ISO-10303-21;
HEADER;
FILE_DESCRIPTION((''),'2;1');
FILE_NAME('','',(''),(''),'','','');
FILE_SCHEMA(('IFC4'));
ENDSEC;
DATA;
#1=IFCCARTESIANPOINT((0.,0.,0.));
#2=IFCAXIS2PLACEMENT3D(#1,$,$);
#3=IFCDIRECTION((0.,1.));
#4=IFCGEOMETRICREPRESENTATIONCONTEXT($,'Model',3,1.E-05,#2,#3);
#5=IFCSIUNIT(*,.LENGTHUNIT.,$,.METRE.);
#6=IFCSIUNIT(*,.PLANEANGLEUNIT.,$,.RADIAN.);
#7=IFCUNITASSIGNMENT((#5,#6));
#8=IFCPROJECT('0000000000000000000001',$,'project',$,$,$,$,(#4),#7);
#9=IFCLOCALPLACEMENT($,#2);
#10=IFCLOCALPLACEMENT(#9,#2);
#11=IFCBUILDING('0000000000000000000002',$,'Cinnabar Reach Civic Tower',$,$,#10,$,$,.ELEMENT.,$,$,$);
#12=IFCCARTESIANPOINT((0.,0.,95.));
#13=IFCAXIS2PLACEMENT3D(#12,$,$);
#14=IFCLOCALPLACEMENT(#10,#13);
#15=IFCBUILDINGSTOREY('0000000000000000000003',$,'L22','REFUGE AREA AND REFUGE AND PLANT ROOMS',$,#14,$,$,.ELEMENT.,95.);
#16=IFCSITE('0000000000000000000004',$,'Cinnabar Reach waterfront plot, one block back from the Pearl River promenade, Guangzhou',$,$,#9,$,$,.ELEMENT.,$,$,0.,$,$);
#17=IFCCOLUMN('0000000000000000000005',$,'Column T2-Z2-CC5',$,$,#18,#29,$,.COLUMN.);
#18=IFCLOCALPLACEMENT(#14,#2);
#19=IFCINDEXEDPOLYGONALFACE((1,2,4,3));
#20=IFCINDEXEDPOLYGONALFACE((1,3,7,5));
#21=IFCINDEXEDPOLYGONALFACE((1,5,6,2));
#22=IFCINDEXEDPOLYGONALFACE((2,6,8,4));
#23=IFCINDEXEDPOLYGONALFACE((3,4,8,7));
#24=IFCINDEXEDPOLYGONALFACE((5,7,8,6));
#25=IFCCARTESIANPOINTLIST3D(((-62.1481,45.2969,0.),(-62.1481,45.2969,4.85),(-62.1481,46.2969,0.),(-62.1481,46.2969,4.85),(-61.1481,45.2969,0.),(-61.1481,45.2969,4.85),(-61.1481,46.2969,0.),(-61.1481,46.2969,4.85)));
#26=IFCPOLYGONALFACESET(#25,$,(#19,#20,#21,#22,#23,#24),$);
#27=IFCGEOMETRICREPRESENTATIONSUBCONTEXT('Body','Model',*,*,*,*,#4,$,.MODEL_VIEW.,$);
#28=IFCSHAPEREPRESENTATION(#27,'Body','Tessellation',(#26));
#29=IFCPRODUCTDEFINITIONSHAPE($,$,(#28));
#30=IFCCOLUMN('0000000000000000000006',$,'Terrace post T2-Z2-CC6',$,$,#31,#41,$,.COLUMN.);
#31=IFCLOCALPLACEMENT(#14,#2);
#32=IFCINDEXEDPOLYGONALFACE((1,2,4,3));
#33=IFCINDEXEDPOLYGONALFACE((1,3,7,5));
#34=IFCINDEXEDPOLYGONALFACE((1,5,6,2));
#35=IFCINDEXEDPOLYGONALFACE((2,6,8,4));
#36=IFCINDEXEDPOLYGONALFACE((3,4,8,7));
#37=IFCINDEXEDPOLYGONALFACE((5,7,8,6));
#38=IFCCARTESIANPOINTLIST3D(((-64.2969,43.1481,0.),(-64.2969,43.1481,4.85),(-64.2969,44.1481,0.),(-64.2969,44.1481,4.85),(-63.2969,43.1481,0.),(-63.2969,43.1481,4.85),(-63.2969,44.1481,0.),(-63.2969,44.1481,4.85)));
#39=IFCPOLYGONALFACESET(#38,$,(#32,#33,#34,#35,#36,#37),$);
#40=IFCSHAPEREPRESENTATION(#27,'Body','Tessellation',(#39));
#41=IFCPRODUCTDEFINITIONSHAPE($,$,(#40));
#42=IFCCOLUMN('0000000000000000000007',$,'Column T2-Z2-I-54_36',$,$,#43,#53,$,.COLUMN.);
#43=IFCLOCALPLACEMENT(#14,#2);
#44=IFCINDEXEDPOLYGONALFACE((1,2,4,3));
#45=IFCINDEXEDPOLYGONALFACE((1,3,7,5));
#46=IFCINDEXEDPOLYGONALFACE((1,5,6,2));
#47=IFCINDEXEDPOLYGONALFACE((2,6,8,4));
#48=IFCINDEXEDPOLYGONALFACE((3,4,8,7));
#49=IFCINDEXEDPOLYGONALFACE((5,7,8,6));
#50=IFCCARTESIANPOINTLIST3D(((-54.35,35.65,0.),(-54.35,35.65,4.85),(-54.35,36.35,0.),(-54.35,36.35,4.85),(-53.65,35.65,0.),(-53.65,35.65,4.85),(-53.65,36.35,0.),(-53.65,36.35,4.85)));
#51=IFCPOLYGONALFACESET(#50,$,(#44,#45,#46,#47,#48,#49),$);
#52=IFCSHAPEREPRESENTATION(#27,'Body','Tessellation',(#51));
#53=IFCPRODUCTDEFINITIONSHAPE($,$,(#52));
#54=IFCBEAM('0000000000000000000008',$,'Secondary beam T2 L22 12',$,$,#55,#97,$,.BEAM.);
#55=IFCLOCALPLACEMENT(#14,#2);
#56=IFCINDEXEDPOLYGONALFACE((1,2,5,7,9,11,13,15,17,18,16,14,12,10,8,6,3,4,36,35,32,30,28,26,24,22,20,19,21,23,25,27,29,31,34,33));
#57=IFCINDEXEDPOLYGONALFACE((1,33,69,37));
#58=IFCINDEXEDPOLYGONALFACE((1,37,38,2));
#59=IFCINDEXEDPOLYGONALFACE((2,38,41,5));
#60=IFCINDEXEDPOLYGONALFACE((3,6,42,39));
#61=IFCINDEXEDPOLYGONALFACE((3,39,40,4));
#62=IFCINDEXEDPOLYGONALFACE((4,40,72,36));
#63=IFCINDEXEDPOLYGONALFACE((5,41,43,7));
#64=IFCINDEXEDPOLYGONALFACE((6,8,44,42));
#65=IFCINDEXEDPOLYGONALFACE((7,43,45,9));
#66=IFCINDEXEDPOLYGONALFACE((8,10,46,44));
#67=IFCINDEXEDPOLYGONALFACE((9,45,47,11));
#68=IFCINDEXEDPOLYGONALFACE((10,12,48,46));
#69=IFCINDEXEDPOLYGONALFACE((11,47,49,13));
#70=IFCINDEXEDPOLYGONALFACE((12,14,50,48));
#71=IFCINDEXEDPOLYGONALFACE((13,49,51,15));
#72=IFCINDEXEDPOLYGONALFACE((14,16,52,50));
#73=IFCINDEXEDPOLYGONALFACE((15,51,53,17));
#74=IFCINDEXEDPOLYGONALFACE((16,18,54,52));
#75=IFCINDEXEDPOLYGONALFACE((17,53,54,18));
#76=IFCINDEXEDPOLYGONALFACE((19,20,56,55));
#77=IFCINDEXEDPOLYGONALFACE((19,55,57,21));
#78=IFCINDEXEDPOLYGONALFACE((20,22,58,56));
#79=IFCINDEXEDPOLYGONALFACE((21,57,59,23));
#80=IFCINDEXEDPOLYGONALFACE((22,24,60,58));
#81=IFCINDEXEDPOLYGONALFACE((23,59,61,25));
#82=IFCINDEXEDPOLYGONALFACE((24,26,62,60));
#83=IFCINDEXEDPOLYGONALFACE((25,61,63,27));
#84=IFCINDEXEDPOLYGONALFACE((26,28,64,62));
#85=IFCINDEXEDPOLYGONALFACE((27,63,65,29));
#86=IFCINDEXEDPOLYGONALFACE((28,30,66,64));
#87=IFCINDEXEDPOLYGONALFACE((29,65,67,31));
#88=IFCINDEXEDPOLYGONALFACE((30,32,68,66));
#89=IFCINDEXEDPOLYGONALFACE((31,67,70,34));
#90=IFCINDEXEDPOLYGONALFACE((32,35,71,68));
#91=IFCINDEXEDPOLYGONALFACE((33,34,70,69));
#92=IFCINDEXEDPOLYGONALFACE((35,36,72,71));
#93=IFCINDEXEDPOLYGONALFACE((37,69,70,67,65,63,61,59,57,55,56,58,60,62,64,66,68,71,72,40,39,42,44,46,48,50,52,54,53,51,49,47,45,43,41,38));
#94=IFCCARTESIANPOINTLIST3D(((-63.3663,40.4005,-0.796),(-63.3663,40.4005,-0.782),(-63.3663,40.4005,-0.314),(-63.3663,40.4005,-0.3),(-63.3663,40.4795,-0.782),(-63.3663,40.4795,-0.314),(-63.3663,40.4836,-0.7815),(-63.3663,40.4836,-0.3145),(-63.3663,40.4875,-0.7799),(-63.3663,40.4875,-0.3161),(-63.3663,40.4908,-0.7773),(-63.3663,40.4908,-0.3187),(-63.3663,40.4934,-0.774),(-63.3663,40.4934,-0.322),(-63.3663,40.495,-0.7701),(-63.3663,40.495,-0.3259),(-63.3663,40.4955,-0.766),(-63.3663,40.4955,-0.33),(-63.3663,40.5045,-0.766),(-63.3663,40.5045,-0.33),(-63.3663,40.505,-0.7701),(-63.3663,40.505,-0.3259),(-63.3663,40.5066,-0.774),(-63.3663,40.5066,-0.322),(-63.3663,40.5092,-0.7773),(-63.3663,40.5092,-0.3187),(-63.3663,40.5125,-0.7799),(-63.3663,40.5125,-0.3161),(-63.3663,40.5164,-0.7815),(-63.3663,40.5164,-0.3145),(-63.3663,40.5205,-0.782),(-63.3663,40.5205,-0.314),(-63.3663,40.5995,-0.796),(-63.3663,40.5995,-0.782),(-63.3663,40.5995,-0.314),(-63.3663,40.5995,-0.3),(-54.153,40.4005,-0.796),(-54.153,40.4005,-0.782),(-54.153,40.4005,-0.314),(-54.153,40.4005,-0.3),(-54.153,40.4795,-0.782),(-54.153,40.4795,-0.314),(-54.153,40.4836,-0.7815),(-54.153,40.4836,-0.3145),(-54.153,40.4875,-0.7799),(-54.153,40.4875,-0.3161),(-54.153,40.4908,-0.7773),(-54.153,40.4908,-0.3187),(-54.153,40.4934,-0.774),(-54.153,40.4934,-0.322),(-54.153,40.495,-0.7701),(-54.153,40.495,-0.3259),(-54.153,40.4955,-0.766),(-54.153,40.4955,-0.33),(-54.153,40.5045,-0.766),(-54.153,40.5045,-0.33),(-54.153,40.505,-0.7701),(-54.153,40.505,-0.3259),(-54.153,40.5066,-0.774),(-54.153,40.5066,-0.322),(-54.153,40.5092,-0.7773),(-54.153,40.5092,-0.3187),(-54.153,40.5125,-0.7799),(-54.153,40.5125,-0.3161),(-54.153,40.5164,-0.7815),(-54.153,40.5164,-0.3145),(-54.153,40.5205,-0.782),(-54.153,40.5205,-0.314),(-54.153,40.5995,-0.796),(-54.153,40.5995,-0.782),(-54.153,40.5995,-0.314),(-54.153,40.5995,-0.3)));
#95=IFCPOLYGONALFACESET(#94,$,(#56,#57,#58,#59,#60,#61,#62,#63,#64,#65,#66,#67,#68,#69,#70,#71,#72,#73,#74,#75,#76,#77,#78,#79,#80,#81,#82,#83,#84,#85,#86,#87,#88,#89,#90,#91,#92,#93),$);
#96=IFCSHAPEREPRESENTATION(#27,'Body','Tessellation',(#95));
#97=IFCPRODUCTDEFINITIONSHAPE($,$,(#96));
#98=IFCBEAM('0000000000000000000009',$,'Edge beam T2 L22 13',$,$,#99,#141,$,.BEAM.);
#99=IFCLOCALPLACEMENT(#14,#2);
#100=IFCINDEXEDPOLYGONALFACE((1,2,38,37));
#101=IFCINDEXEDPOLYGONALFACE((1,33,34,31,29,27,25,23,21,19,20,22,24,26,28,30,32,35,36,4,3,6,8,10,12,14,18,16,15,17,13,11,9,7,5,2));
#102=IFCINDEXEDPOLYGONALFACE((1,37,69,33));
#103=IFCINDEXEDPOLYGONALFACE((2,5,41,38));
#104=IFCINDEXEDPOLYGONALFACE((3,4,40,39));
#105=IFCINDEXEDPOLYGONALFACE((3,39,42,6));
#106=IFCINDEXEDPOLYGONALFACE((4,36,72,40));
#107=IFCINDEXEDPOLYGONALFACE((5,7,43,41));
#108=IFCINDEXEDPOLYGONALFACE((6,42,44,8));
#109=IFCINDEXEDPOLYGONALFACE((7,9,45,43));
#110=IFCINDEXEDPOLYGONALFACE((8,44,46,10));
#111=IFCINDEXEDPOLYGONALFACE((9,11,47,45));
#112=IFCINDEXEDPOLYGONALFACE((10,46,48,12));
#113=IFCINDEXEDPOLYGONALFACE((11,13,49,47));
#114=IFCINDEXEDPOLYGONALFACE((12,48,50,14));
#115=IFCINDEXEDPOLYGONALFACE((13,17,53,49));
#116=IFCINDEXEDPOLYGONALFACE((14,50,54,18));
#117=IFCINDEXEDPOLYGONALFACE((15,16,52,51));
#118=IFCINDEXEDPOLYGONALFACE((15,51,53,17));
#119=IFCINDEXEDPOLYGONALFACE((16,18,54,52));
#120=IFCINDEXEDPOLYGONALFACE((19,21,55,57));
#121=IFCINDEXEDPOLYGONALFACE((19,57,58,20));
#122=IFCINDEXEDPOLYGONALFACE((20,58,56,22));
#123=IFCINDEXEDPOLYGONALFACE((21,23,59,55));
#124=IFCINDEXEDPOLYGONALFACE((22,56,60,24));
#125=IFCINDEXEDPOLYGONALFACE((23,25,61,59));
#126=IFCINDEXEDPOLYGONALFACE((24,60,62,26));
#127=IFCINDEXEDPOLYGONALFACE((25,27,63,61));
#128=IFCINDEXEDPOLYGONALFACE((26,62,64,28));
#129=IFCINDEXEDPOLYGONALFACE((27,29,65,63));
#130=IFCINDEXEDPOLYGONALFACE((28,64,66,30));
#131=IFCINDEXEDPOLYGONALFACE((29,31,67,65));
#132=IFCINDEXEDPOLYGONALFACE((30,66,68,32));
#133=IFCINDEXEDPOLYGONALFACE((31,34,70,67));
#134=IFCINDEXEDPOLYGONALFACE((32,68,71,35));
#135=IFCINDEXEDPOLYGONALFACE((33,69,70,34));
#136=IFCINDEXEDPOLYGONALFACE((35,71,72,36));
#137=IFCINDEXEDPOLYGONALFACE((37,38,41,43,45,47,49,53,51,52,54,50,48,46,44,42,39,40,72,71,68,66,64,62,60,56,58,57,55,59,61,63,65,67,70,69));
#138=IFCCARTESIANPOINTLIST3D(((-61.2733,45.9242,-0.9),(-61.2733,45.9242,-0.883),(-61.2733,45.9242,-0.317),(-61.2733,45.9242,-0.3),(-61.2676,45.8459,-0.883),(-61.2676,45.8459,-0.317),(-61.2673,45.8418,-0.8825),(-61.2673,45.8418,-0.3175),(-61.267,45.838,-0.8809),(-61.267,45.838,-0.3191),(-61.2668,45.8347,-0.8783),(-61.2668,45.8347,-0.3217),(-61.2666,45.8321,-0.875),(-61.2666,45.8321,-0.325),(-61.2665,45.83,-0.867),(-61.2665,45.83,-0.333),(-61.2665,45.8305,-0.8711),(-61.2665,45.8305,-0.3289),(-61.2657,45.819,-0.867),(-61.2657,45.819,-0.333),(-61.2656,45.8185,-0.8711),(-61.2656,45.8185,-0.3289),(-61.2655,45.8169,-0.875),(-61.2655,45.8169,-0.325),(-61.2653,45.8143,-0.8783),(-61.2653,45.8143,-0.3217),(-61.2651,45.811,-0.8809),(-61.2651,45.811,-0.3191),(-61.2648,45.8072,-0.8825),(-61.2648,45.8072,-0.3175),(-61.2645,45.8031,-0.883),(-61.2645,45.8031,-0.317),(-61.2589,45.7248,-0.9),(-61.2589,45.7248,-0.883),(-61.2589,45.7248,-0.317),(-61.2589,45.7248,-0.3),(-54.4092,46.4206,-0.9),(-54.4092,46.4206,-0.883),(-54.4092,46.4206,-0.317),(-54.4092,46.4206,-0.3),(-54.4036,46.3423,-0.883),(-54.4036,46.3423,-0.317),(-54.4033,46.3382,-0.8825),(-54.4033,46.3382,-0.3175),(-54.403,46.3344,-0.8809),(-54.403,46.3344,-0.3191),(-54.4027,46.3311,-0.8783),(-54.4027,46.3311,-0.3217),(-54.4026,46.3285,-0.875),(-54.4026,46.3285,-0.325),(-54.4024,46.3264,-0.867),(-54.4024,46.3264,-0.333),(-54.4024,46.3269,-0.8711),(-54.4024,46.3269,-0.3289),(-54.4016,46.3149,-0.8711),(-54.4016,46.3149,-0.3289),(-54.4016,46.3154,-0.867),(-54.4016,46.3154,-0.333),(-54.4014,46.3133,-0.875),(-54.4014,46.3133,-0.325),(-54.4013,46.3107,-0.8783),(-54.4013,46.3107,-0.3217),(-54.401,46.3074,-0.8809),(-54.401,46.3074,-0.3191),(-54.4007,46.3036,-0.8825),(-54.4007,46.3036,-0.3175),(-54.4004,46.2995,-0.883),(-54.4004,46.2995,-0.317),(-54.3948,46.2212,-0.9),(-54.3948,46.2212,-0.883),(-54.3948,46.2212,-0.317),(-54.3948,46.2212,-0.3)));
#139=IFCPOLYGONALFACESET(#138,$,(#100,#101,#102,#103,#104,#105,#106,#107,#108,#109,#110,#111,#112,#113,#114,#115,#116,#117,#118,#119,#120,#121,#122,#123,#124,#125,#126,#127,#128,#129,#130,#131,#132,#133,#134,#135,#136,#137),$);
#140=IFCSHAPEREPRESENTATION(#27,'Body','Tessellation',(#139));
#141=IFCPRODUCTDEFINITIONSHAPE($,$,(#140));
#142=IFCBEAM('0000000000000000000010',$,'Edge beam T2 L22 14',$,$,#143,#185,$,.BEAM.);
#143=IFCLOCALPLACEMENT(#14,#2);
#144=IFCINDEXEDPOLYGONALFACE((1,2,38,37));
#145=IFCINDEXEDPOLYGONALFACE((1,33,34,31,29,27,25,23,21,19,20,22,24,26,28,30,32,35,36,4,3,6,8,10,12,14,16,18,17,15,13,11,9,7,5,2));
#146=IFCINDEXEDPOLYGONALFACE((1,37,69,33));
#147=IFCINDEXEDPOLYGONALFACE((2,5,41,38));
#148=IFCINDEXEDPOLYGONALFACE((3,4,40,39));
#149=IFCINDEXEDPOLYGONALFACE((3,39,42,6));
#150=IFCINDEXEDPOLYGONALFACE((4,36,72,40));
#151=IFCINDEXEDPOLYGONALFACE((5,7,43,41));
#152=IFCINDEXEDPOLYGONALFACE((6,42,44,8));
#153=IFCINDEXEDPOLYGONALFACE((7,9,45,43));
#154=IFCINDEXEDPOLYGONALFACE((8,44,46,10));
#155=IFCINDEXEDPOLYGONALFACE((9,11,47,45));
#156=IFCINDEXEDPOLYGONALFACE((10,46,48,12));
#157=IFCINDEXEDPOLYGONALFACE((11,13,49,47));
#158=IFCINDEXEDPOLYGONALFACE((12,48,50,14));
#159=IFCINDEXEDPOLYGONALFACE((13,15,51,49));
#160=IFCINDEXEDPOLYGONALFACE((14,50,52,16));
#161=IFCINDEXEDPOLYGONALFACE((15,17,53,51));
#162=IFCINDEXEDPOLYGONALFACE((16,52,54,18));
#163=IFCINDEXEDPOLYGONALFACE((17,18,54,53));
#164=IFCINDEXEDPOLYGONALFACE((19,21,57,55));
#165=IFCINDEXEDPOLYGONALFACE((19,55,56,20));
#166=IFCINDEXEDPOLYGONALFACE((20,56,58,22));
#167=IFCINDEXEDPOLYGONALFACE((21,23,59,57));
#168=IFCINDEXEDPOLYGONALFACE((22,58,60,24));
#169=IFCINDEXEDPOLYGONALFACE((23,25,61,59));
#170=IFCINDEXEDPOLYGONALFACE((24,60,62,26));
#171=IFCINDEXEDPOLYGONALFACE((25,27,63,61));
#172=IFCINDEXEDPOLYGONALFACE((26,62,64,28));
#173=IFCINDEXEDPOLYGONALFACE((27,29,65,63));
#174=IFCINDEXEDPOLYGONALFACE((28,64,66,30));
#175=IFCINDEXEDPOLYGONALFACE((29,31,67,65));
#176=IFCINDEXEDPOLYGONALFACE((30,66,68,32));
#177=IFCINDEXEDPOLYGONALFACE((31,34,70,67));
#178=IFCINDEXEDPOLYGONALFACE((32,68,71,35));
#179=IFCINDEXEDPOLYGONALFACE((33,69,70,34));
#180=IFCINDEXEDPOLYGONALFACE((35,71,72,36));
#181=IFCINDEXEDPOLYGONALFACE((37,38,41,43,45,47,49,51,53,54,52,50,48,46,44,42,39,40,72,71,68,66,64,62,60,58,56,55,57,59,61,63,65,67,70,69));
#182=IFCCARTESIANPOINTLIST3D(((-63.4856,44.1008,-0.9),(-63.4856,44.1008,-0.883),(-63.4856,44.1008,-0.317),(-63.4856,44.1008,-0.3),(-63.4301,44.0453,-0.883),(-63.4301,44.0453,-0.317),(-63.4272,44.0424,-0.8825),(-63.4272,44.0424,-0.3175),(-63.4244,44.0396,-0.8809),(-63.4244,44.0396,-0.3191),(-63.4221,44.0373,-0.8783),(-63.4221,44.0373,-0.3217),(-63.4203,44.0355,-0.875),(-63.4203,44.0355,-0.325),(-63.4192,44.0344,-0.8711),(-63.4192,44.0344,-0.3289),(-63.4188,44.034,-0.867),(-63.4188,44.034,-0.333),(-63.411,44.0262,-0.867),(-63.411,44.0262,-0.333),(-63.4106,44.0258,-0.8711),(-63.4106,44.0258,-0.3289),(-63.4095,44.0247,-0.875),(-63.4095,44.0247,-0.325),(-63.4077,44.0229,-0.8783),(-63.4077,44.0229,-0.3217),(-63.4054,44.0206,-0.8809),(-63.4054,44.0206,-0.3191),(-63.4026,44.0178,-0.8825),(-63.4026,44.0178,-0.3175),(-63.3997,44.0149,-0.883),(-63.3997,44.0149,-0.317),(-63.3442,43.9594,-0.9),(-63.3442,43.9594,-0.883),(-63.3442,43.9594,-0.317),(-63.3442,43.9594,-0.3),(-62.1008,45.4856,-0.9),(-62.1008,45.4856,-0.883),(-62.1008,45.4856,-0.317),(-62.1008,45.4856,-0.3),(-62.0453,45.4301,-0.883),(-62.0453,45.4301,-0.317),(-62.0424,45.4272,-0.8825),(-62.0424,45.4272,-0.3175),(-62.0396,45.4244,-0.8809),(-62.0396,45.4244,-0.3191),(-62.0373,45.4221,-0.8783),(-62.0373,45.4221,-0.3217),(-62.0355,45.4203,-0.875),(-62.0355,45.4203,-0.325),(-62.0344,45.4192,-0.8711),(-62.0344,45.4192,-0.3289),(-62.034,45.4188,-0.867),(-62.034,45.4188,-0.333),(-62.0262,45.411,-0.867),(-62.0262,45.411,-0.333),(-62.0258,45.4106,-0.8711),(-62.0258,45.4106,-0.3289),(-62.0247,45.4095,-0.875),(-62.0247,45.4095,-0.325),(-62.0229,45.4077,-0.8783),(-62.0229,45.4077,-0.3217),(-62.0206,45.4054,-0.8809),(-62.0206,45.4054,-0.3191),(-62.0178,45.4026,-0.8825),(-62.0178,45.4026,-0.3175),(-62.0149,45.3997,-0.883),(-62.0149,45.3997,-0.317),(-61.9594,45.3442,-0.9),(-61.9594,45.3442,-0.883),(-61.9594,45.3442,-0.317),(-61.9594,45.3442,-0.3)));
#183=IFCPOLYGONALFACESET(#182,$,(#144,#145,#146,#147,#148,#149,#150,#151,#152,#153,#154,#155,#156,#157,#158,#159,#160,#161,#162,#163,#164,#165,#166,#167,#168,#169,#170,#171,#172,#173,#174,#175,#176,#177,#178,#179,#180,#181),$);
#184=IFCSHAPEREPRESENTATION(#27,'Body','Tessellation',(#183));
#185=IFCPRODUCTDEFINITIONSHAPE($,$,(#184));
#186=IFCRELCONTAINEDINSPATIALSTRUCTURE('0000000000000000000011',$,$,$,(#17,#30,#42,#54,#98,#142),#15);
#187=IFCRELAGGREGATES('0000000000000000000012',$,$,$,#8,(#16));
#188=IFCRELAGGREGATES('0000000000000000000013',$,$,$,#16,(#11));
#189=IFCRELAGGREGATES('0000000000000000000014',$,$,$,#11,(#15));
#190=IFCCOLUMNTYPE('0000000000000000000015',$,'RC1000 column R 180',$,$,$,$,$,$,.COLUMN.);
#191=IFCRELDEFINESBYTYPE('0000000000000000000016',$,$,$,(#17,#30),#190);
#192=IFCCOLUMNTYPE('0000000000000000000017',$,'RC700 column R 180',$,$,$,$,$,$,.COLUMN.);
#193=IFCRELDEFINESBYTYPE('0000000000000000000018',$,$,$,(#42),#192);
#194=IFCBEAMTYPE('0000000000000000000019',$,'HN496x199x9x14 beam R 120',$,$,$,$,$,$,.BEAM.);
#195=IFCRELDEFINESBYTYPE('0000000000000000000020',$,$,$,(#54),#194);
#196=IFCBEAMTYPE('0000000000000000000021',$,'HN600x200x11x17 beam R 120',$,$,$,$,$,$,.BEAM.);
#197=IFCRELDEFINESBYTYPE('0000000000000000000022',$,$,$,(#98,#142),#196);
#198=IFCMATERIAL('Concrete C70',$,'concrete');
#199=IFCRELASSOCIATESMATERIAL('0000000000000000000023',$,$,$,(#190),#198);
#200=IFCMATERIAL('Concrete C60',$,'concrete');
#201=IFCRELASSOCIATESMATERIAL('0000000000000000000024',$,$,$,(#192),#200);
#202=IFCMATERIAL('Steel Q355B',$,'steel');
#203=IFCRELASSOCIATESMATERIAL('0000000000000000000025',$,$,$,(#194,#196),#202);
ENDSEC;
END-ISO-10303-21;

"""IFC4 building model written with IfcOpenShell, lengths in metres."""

from ifc_helpers import new_model, si_unit, direction, frame, origin, origin_2d, place, context, subcontext, project, spatial, rectangle, i_section, extrude, material, material_profile, profile_set, type_object, element, save


model = new_model("IFC4")

# Units and contexts
model_context = context("Model", 3, precision=1e-05, world=origin(), true_north=direction((0.0, 1.0)))
body_context = subcontext(model_context, "Body", "Model", "MODEL_VIEW")
ifc_project = project(units=[si_unit("LENGTHUNIT", "METRE"), si_unit("PLANEANGLEUNIT", "RADIAN")], contexts=[model_context])

# Site, building, storey
site_placement = place(None, origin())
site = spatial("IfcSite", under=ifc_project, at=site_placement, Name="Cinnabar Reach waterfront plot, one block back from the Pearl River promenade, Guangzhou", CompositionType="ELEMENT", RefElevation=0.0)
building_placement = place(site_placement, origin())
building = spatial("IfcBuilding", under=site, at=building_placement, Name="Cinnabar Reach Civic Tower", CompositionType="ELEMENT")
storey_placement = place(building_placement, frame((0.0, 0.0, 95.0)))
storey = spatial("IfcBuildingStorey", under=building, at=storey_placement, Name="L22", Description="REFUGE AREA AND REFUGE AND PLANT ROOMS", CompositionType="ELEMENT", Elevation=95.0)

# Columns
ifc_material_1 = material(Name="Concrete C70", Category="concrete")
ifc_material_profile_1 = material_profile(ifc_material_1, rectangle(XDim=1.0, YDim=1.0, at=origin_2d()), Name="RC1000")
ifc_profile_set_1 = profile_set([ifc_material_profile_1], Name="Concrete C70")
column_type_1 = type_object("IfcColumnType", Name="RC1000 column R 180", PredefinedType="COLUMN", material=ifc_profile_set_1)
for number, where, z_axis, x_axis, name in (
    (1, (-61.6481, 45.7969, 0.0), (0.0, 0.0, 1.0), (1.0, 0.0, 0.0), "Column T2-Z2-CC5"),
    (2, (-63.7969, 43.6481, 0.0), (0.0, 0.0, 1.0), (1.0, 0.0, 0.0), "Terrace post T2-Z2-CC6"),
):
    element("IfcColumn", number, at=place(storey_placement, frame(where, z_axis=z_axis, x_axis=x_axis)), inside=storey, type_object=column_type_1, Name=name, PredefinedType="COLUMN", context=body_context, shape_type="SweptSolid", body=[
        extrude(rectangle(XDim=1.0, YDim=1.0, at=origin_2d()), origin(), (0.0, 0.0, 1.0), 4.85),
    ])
ifc_material_2 = material(Name="Concrete C60", Category="concrete")
ifc_material_profile_2 = material_profile(ifc_material_2, rectangle(XDim=0.7, YDim=0.7, at=origin_2d()), Name="RC700")
ifc_profile_set_2 = profile_set([ifc_material_profile_2], Name="Concrete C60")
column_type_2 = type_object("IfcColumnType", Name="RC700 column R 180", PredefinedType="COLUMN", material=ifc_profile_set_2)
column_placement = place(storey_placement, frame((-54.0, 36.0, 0.0), z_axis=(0.0, 0.0, 1.0), x_axis=(1.0, 0.0, 0.0)))
element("IfcColumn", 3, at=column_placement, inside=storey, type_object=column_type_2, Name="Column T2-Z2-I-54_36", PredefinedType="COLUMN", context=body_context, shape_type="SweptSolid", body=[
    extrude(rectangle(XDim=0.7, YDim=0.7, at=origin_2d()), origin(), (0.0, 0.0, 1.0), 4.85),
])

# Beams
ifc_material_3 = material(Name="Steel Q355B", Category="steel")
ifc_material_profile_3 = material_profile(ifc_material_3, i_section(OverallWidth=0.199, OverallDepth=0.496, WebThickness=0.009, FlangeThickness=0.014, FilletRadius=0.016, at=origin_2d()), Name="HN496x199x9x14")
ifc_profile_set_3 = profile_set([ifc_material_profile_3], Name="Steel Q355B")
beam_type_1 = type_object("IfcBeamType", Name="HN496x199x9x14 beam R 120", PredefinedType="BEAM", material=ifc_profile_set_3)
beam_1_placement = place(storey_placement, frame((-63.3663, 40.5, -0.548), z_axis=(1.0, 0.0, 0.0), x_axis=(0.0, 1.0, 0.0)))
element("IfcBeam", 4, at=beam_1_placement, inside=storey, type_object=beam_type_1, Name="Secondary beam T2 L22 12", PredefinedType="BEAM", context=body_context, shape_type="SweptSolid", body=[
    extrude(i_section(OverallWidth=0.199, OverallDepth=0.496, WebThickness=0.009, FlangeThickness=0.014, FilletRadius=0.016, at=origin_2d()), origin(), (0.0, 0.0, 1.0), 9.2133),
])
ifc_material_profile_4 = material_profile(ifc_material_3, i_section(OverallWidth=0.2, OverallDepth=0.6, WebThickness=0.011, FlangeThickness=0.017, FilletRadius=0.016, at=origin_2d()), Name="HN600x200x11x17")
ifc_profile_set_4 = profile_set([ifc_material_profile_4], Name="Steel Q355B")
beam_type_2 = type_object("IfcBeamType", Name="HN600x200x11x17 beam R 120", PredefinedType="BEAM", material=ifc_profile_set_4)
beam_2_placement = place(storey_placement, frame((-54.402, 46.3209, -0.6), z_axis=(-0.997395, -0.07213, 0.0), x_axis=(0.07213, -0.997395, 0.0)))
element("IfcBeam", 5, at=beam_2_placement, inside=storey, type_object=beam_type_2, Name="Edge beam T2 L22 13", PredefinedType="BEAM", context=body_context, shape_type="SweptSolid", body=[
    extrude(i_section(OverallWidth=0.2, OverallDepth=0.6, WebThickness=0.011, FlangeThickness=0.017, FilletRadius=0.016, at=origin_2d()), origin(), (0.0, 0.0, 1.0), 6.882),
])
beam_3_placement = place(storey_placement, frame((-62.0301, 45.4149, -0.6), z_axis=(-0.707107, -0.707107, 0.0), x_axis=(0.707107, -0.707107, 0.0)))
element("IfcBeam", 6, at=beam_3_placement, inside=storey, type_object=beam_type_2, Name="Edge beam T2 L22 14", PredefinedType="BEAM", context=body_context, shape_type="SweptSolid", body=[
    extrude(i_section(OverallWidth=0.2, OverallDepth=0.6, WebThickness=0.011, FlangeThickness=0.017, FilletRadius=0.016, at=origin_2d()), origin(), (0.0, 0.0, 1.0), 1.9584),
])

save(model, "model.ifc")
